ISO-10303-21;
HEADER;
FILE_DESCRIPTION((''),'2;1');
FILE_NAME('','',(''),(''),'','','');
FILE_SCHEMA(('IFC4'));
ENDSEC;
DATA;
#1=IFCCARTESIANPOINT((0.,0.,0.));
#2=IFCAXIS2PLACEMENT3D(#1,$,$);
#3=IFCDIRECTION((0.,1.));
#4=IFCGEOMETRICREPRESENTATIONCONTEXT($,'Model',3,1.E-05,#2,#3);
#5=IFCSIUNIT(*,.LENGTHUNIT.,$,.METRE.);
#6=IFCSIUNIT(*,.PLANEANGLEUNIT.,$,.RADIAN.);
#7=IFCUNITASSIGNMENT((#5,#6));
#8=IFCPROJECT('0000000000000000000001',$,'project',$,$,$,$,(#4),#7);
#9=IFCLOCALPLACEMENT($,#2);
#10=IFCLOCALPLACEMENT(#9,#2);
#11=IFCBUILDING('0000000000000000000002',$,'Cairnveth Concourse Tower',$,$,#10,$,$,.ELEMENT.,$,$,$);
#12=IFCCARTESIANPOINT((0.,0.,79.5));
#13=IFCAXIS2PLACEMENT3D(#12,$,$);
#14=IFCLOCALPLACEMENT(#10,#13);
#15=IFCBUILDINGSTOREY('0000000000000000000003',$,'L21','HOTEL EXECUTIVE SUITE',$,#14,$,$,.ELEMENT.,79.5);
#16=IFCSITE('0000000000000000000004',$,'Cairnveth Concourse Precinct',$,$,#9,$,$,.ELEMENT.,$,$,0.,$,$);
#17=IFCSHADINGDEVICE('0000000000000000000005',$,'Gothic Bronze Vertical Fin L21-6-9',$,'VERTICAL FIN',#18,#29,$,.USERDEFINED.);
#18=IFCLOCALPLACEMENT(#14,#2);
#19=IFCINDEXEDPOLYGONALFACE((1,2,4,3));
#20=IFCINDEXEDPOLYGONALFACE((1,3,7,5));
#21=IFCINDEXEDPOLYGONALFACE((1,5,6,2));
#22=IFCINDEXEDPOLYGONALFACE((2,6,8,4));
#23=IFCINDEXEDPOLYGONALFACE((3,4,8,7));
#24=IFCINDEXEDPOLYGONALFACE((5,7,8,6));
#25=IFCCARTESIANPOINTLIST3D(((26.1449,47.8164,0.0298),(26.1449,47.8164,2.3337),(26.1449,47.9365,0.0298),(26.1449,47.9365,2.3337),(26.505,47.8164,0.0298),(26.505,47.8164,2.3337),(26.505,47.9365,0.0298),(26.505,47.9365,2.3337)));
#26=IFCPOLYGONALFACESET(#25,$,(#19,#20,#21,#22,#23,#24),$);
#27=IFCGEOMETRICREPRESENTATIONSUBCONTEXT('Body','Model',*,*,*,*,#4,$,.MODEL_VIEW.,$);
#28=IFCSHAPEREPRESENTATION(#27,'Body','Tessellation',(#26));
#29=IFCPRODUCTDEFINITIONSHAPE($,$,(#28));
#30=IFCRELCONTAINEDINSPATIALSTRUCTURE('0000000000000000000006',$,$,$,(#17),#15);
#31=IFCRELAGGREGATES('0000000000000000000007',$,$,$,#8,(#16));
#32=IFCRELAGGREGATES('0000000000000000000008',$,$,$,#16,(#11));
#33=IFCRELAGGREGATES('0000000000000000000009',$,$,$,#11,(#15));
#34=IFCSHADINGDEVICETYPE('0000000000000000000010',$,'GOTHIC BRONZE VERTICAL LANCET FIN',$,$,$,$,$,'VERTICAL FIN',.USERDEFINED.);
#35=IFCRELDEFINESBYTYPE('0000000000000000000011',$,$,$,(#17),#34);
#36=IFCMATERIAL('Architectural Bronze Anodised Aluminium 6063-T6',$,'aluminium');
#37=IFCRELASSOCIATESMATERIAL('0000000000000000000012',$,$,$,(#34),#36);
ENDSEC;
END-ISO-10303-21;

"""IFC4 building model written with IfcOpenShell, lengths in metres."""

from ifc_helpers import new_model, si_unit, direction, frame, origin, origin_2d, place, context, subcontext, project, spatial, rectangle, extrude, material, type_object, element, save


model = new_model("IFC4")

# Units and contexts
model_context = context("Model", 3, precision=1e-05, world=origin(), true_north=direction((0.0, 1.0)))
body_context = subcontext(model_context, "Body", "Model", "MODEL_VIEW")
ifc_project = project(units=[si_unit("LENGTHUNIT", "METRE"), si_unit("PLANEANGLEUNIT", "RADIAN")], contexts=[model_context])

# Site, building, storey
site_placement = place(None, origin())
site = spatial("IfcSite", under=ifc_project, at=site_placement, Name="Cairnveth Concourse Precinct", CompositionType="ELEMENT", RefElevation=0.0)
building_placement = place(site_placement, origin())
building = spatial("IfcBuilding", under=site, at=building_placement, Name="Cairnveth Concourse Tower", CompositionType="ELEMENT")
storey_placement = place(building_placement, frame((0.0, 0.0, 79.5)))
storey = spatial("IfcBuildingStorey", under=building, at=storey_placement, Name="L21", Description="HOTEL EXECUTIVE SUITE", CompositionType="ELEMENT", Elevation=79.5)

# Shading device
ifc_material_1 = material(Name="Architectural Bronze Anodised Aluminium 6063-T6", Category="aluminium")
shading_device_type = type_object("IfcShadingDeviceType", Name="GOTHIC BRONZE VERTICAL LANCET FIN", ElementType="VERTICAL FIN", PredefinedType="USERDEFINED", material=ifc_material_1)
shading_device_placement = place(storey_placement, frame((26.325, 47.8765, 0.0298), z_axis=(0.0, 0.0, 1.0), x_axis=(0.0, 1.0, 0.0)))
element("IfcShadingDevice", 1, at=shading_device_placement, inside=storey, type_object=shading_device_type, Name="Gothic Bronze Vertical Fin L21-6-9", ObjectType="VERTICAL FIN", PredefinedType="USERDEFINED", context=body_context, shape_type="SweptSolid", body=[
    extrude(rectangle(XDim=0.1201, YDim=0.3601, at=origin_2d()), origin(), (0.0, 0.0, 1.0), 2.304),
])

save(model, "model.ifc")
